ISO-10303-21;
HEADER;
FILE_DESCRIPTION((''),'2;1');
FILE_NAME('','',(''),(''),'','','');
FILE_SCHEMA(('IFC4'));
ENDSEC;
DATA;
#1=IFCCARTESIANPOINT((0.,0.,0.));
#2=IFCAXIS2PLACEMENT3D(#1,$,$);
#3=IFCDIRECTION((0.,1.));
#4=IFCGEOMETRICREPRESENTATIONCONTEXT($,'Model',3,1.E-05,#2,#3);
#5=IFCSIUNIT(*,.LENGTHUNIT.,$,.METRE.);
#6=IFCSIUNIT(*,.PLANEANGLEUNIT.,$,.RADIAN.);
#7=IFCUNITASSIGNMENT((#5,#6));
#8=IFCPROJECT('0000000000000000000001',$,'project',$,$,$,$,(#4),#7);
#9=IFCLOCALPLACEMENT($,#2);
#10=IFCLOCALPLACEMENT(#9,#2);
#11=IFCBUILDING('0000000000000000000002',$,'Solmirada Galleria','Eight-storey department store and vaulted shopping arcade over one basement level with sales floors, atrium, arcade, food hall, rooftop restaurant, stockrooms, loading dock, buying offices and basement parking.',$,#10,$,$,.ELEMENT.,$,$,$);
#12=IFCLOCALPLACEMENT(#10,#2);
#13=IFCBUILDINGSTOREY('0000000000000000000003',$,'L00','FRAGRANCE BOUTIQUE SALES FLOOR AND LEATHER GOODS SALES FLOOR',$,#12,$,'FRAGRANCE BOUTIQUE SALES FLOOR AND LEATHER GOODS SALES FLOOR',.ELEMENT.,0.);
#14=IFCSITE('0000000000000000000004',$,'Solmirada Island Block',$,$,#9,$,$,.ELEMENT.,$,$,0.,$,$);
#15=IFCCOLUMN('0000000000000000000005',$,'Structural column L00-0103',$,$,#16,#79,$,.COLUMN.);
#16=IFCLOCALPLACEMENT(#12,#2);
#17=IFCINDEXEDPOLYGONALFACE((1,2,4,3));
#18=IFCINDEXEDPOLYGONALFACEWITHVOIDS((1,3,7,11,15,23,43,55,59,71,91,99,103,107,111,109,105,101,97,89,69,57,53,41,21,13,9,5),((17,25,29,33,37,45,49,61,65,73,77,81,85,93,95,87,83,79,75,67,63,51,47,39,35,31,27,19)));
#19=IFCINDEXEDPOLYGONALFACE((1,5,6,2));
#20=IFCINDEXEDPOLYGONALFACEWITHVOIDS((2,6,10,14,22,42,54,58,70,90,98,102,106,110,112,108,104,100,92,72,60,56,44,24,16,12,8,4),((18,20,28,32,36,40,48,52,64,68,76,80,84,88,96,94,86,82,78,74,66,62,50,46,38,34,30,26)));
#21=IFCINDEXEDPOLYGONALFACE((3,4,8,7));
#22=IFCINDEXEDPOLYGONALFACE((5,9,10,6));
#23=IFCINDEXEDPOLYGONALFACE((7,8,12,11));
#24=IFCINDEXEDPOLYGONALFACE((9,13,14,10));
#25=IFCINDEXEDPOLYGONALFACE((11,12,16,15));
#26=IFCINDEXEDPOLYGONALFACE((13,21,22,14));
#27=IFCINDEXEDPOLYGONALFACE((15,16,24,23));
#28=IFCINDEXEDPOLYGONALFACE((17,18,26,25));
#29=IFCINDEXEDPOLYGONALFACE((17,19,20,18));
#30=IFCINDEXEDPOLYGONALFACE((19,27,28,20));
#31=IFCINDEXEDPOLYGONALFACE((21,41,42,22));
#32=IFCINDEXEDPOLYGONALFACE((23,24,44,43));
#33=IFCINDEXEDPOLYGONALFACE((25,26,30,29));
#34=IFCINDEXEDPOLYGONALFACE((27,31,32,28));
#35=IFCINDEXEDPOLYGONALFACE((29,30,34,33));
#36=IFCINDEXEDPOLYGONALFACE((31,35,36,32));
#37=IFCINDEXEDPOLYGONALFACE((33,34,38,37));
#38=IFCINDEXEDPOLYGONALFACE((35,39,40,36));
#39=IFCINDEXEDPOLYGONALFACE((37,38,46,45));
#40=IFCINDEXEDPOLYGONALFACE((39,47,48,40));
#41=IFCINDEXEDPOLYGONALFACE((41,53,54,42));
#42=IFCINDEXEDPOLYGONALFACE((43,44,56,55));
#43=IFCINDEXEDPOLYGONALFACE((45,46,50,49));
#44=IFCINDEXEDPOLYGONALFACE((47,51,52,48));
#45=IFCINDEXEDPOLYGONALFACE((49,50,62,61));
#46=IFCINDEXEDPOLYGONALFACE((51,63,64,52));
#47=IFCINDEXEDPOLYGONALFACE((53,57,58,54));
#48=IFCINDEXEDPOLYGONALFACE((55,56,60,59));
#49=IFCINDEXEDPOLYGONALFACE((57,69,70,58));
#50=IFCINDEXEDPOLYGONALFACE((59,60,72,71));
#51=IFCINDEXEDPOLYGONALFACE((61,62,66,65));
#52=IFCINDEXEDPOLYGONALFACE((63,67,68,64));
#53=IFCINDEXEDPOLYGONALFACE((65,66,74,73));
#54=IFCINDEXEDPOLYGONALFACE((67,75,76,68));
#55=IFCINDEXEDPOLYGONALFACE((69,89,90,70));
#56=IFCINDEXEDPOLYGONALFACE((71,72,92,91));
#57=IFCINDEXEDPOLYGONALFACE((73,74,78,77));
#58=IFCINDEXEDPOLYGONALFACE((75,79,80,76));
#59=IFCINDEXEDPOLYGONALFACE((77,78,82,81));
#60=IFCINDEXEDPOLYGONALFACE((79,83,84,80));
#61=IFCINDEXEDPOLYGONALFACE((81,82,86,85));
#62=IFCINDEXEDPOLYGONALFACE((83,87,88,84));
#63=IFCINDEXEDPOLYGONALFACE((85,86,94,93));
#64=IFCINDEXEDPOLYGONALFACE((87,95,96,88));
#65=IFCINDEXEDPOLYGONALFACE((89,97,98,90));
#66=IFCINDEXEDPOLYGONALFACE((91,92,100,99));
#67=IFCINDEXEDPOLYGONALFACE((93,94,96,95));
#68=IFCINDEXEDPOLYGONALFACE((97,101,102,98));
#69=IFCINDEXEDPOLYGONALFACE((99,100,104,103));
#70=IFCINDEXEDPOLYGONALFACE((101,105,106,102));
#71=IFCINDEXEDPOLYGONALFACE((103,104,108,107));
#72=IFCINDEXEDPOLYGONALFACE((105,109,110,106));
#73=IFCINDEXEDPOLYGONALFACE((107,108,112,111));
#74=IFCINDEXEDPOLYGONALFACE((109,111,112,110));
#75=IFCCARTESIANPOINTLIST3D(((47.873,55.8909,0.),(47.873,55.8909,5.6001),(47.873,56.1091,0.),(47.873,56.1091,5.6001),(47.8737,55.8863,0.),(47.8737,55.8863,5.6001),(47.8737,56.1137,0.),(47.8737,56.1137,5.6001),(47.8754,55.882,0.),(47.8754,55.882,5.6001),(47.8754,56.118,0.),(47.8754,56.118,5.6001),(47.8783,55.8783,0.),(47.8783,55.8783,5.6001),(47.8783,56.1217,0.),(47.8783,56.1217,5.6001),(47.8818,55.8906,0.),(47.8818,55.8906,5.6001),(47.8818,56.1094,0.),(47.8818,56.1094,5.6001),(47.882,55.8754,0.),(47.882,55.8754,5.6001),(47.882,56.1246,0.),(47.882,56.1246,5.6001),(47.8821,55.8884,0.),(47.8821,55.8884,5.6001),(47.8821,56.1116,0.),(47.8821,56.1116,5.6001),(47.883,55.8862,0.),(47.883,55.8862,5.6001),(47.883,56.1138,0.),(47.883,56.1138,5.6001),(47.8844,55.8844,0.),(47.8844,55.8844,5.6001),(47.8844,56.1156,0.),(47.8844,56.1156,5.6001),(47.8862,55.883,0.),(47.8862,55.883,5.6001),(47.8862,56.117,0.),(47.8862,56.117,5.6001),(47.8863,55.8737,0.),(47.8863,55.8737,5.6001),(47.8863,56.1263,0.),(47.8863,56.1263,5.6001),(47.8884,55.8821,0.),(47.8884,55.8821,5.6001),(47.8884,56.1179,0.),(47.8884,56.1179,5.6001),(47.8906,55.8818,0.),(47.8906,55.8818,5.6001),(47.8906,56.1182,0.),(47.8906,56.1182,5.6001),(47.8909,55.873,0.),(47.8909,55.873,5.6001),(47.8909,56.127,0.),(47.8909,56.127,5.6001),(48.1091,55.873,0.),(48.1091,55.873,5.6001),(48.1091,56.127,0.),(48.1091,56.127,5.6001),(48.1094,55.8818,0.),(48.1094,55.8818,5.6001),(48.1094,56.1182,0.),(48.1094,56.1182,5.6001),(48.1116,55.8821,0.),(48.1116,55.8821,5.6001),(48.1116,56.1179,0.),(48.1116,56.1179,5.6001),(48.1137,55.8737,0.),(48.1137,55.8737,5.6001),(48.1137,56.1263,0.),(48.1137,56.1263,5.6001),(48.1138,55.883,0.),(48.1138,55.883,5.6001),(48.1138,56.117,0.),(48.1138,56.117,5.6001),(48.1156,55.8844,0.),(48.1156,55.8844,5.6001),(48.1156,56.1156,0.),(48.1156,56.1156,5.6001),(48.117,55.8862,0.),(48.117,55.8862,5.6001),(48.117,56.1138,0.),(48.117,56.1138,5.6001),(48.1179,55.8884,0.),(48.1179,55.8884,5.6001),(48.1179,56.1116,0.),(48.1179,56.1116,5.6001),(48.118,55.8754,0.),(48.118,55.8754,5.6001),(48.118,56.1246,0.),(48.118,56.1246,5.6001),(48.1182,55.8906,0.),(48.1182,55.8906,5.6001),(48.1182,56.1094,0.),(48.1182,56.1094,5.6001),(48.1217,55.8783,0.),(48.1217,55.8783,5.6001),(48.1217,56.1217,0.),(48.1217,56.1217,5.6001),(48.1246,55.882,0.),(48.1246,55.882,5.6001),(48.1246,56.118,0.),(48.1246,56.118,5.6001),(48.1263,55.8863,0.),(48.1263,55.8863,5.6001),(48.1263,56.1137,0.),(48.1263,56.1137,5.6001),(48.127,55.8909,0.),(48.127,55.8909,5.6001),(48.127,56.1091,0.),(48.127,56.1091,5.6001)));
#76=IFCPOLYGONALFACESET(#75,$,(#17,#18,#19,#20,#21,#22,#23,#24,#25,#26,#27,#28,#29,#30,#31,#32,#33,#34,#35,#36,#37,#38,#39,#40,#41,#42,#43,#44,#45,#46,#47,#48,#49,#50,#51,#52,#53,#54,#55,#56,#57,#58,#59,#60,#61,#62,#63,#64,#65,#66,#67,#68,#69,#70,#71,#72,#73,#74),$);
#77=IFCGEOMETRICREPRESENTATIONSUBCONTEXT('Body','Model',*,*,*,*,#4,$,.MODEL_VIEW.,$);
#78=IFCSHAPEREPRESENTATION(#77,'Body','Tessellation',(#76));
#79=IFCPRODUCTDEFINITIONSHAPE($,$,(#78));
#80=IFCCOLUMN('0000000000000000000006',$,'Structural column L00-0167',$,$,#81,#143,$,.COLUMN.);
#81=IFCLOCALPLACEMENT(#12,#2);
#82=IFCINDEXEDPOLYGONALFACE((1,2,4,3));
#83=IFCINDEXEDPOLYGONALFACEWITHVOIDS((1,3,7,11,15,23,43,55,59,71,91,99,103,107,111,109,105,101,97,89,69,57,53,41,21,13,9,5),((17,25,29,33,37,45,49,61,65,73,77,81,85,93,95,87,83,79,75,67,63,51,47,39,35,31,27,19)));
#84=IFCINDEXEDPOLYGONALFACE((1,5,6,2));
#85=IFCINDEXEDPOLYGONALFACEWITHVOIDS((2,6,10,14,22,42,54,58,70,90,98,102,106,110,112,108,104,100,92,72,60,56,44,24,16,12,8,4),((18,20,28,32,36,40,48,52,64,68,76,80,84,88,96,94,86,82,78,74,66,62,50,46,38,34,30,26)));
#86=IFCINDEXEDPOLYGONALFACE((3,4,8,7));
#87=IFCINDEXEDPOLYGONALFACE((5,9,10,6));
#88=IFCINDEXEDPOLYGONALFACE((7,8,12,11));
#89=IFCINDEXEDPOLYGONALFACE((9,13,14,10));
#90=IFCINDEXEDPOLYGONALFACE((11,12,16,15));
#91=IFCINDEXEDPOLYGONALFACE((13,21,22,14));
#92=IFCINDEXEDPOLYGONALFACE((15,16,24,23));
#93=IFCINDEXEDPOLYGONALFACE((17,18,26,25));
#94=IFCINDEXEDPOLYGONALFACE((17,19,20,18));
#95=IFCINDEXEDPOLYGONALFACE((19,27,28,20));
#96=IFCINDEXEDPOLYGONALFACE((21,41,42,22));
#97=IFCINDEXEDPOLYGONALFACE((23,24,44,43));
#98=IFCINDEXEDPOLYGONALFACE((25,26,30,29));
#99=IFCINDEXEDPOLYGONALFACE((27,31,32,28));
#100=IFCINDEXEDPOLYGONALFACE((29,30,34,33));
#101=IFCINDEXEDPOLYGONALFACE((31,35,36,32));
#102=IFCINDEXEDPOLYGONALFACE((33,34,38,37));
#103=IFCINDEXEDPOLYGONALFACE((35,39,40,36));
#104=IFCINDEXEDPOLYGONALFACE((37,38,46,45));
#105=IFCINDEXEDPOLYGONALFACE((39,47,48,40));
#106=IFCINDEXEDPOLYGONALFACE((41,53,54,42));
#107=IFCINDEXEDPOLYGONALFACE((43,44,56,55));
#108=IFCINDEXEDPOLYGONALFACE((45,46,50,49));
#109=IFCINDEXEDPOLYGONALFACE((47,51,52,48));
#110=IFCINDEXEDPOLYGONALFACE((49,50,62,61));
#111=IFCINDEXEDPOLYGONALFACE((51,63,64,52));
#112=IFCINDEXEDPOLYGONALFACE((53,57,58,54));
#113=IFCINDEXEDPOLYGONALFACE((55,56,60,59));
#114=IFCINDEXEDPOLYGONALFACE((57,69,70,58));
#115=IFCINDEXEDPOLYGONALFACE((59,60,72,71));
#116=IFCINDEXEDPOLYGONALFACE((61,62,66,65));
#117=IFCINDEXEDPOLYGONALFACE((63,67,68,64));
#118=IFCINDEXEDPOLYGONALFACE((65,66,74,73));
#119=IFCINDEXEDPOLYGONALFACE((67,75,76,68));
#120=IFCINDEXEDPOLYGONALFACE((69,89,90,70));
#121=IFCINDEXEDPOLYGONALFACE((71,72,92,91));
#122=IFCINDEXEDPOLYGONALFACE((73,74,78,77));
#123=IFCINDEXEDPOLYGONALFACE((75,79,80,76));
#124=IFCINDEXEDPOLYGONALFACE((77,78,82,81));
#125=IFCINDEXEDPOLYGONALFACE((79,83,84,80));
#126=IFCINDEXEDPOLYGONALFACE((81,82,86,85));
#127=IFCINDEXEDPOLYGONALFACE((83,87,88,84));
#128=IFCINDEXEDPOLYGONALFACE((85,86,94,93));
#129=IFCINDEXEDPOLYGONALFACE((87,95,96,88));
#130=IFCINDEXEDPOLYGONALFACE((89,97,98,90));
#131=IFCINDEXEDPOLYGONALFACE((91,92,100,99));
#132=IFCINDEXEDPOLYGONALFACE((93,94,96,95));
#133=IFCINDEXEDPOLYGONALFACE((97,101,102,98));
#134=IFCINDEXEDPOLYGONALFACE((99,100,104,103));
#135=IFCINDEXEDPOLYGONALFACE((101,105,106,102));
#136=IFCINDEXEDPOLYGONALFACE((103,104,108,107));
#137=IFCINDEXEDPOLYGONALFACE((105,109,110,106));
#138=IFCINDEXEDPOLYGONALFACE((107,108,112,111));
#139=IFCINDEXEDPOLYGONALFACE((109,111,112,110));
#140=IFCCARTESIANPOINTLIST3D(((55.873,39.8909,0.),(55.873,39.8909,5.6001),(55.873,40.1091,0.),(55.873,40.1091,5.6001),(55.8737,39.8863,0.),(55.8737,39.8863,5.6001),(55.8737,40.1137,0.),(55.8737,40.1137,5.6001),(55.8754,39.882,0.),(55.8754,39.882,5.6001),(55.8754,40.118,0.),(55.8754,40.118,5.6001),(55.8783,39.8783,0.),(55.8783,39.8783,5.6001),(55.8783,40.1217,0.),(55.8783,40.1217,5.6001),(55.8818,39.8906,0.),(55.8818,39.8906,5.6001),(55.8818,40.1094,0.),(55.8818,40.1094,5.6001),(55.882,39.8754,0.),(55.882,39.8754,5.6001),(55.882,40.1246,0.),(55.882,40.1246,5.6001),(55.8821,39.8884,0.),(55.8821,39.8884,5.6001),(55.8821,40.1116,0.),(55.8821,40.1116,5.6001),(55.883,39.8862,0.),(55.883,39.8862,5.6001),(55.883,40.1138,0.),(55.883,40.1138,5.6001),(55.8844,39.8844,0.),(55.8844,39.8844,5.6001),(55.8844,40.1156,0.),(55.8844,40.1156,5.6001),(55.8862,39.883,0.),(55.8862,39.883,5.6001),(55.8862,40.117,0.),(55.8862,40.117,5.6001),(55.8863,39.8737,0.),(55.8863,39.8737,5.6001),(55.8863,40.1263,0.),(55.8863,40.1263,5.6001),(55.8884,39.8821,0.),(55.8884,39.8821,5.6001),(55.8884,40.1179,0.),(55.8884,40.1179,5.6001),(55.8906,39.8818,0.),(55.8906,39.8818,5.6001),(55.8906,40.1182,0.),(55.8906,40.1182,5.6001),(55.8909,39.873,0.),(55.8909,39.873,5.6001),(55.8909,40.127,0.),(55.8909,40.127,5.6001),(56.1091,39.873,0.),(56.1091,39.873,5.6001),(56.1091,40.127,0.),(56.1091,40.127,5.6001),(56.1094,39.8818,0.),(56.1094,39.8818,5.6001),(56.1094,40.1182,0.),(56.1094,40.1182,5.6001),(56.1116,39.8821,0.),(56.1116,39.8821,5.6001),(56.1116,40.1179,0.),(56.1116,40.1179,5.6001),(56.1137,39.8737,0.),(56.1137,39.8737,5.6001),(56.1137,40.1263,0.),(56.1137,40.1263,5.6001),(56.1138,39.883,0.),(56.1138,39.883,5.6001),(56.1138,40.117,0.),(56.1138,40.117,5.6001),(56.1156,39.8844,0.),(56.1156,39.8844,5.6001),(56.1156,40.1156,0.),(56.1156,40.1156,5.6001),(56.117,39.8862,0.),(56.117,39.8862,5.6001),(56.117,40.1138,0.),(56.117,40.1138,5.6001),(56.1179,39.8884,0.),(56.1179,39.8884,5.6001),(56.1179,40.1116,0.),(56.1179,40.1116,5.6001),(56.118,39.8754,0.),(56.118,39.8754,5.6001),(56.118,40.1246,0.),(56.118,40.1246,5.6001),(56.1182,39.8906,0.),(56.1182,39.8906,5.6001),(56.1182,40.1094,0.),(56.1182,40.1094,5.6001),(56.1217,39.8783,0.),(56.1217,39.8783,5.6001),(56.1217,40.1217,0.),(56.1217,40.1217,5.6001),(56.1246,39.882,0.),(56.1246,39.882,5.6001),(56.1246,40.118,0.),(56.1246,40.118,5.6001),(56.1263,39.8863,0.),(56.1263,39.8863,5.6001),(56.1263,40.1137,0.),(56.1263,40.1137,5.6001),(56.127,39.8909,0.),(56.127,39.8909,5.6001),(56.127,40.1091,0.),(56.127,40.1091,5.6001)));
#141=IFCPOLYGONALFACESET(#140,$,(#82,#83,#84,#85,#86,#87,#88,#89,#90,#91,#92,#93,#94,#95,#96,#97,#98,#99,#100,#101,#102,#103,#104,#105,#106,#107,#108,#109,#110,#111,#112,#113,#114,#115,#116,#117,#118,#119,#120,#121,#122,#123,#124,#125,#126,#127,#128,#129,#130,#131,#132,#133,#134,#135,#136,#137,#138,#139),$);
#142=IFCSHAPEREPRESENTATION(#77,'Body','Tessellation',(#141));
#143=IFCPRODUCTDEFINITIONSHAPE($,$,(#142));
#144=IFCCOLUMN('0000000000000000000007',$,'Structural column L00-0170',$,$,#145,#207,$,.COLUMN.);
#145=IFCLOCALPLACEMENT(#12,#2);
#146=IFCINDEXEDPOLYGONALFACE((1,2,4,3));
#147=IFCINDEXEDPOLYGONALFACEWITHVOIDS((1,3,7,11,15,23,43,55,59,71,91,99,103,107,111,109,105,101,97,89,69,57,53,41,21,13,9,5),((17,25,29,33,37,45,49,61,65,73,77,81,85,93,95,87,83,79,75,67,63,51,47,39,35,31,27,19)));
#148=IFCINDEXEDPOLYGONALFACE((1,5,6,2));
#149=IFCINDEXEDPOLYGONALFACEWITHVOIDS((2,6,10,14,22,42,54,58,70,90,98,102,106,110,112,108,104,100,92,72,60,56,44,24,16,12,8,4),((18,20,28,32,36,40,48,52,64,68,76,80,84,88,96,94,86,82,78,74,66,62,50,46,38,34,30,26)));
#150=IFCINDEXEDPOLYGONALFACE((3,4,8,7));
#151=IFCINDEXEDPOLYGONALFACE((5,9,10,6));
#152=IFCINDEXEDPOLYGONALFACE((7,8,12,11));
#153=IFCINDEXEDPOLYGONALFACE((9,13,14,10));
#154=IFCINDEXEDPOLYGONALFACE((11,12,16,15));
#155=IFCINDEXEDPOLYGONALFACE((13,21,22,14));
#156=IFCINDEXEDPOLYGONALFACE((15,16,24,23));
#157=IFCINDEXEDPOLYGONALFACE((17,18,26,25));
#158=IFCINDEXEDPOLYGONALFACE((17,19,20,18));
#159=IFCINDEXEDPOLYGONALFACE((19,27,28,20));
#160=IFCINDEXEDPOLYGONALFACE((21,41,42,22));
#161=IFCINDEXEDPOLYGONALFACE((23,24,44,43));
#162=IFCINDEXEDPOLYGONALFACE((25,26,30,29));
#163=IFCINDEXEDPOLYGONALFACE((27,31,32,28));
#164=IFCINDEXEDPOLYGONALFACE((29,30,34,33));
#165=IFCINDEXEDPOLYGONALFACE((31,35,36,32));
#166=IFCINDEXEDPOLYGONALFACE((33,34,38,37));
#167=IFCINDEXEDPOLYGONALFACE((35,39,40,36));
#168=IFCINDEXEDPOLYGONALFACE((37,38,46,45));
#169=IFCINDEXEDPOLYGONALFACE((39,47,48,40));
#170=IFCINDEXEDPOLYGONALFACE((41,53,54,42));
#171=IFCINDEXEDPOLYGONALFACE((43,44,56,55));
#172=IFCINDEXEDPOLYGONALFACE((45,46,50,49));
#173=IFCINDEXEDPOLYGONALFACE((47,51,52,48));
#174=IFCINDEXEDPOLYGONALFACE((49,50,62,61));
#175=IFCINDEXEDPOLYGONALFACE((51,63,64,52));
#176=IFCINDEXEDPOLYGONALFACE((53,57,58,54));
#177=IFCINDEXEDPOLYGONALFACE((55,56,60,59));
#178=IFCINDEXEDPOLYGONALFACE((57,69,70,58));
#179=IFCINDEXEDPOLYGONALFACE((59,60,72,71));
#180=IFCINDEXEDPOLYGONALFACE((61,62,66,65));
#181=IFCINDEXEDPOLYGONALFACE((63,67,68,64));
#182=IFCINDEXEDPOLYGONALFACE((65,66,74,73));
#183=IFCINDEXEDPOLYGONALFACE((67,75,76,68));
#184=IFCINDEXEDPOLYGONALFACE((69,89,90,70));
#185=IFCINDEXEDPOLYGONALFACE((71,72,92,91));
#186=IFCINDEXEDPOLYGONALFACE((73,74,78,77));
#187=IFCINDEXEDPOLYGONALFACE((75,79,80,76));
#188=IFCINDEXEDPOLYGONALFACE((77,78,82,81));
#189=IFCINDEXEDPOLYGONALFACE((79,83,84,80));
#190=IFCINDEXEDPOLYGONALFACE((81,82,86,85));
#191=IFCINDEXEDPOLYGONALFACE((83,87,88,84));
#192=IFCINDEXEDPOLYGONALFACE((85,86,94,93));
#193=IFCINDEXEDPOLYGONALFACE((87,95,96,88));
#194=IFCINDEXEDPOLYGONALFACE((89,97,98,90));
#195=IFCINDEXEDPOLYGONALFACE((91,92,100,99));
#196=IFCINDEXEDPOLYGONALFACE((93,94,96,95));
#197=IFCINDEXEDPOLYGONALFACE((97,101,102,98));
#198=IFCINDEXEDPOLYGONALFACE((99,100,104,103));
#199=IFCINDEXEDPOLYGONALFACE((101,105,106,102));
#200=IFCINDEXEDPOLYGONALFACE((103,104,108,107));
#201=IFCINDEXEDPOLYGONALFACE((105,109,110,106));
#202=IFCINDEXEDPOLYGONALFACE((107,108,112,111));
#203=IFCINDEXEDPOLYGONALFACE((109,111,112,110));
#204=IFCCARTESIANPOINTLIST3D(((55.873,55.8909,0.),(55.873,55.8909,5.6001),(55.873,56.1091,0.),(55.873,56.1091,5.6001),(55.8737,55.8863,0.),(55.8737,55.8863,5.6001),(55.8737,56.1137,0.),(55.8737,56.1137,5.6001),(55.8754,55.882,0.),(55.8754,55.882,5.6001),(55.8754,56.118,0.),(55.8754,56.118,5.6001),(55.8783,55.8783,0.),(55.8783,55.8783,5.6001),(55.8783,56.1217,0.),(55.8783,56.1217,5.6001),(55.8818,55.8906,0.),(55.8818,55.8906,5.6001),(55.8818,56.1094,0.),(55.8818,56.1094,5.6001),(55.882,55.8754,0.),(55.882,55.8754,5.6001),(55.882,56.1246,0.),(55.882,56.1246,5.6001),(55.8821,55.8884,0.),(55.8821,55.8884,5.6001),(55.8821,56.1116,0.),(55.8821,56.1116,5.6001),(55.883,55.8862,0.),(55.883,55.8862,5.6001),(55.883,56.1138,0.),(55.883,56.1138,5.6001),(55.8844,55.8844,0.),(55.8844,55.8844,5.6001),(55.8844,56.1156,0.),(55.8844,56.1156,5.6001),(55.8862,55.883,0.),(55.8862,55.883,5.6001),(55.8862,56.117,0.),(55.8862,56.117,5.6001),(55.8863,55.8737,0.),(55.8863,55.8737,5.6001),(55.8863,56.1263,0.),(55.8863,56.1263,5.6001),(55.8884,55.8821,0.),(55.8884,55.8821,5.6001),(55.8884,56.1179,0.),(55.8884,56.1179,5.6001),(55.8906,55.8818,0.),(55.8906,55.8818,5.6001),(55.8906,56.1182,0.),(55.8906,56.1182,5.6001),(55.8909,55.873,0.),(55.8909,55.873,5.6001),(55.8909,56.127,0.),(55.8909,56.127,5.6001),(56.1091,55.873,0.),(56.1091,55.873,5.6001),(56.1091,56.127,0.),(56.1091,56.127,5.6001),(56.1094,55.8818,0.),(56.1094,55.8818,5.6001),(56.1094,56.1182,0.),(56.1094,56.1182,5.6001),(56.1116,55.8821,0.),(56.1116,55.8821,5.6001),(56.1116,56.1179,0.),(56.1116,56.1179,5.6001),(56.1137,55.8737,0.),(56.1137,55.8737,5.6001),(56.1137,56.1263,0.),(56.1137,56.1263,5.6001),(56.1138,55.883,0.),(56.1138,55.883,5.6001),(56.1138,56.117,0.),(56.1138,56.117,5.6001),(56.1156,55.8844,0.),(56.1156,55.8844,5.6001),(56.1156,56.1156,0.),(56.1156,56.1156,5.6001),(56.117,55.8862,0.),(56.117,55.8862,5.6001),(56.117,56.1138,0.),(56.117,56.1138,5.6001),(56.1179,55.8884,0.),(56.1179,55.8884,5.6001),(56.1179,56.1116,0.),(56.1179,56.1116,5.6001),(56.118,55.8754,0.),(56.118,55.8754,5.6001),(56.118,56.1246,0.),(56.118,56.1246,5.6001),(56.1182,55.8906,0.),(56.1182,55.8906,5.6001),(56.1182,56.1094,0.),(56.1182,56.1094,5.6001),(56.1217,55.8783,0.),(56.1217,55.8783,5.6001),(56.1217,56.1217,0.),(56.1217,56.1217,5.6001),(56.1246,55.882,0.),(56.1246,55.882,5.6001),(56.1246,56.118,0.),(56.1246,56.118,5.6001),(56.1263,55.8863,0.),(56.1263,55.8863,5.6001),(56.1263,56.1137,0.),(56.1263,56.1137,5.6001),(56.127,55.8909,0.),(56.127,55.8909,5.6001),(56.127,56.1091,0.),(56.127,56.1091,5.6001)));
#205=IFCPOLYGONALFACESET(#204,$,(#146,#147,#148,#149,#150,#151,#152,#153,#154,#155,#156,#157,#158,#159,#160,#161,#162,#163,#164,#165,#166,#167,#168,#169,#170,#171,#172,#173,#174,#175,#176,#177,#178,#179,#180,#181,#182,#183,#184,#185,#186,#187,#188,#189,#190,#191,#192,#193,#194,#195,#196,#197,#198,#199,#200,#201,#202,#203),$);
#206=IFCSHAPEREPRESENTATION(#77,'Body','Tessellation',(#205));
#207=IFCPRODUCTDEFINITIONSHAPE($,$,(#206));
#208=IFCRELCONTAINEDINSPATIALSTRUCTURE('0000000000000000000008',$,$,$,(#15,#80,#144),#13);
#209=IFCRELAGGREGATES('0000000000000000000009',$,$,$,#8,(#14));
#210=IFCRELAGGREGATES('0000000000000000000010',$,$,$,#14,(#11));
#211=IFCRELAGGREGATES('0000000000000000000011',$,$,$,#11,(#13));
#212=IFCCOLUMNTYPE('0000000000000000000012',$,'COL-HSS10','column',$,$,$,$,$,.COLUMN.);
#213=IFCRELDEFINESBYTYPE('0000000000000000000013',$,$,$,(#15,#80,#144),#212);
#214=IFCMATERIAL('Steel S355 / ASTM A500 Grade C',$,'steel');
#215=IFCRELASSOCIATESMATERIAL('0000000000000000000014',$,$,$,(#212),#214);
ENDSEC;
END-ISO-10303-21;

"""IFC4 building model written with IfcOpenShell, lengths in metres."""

from ifc_helpers import new_model, si_unit, direction, frame, origin, origin_2d, place, context, subcontext, project, spatial, hollow_rectangle, extrude, material, material_profile, profile_set, type_object, element, save


model = new_model("IFC4")

# Units and contexts
model_context = context("Model", 3, precision=1e-05, world=origin(), true_north=direction((0.0, 1.0)))
body_context = subcontext(model_context, "Body", "Model", "MODEL_VIEW")
ifc_project = project(units=[si_unit("LENGTHUNIT", "METRE"), si_unit("PLANEANGLEUNIT", "RADIAN")], contexts=[model_context])

# Site, building, storey
site_placement = place(None, origin())
site = spatial("IfcSite", under=ifc_project, at=site_placement, Name="Solmirada Island Block", CompositionType="ELEMENT", RefElevation=0.0)
building_placement = place(site_placement, origin())
building = spatial("IfcBuilding", under=site, at=building_placement, Name="Solmirada Galleria", Description="Eight-storey department store and vaulted shopping arcade over one basement level with sales floors, atrium, arcade, food hall, rooftop restaurant, stockrooms, loading dock, buying offices and basement parking.", CompositionType="ELEMENT")
storey_placement = place(building_placement, origin())
storey = spatial("IfcBuildingStorey", under=building, at=storey_placement, Name="L00", Description="FRAGRANCE BOUTIQUE SALES FLOOR AND LEATHER GOODS SALES FLOOR", LongName="FRAGRANCE BOUTIQUE SALES FLOOR AND LEATHER GOODS SALES FLOOR", CompositionType="ELEMENT", Elevation=0.0)

# Columns
ifc_material_1 = material(Name="Steel S355 / ASTM A500 Grade C", Category="steel")
ifc_material_profile_1 = material_profile(ifc_material_1, hollow_rectangle(XDim=0.2539, YDim=0.2539, WallThickness=0.0088, InnerFilletRadius=0.0088, OuterFilletRadius=0.0178, at=origin_2d()), Name="HSS10X10X3/8")
ifc_profile_set_1 = profile_set([ifc_material_profile_1], Name="Steel S355 / ASTM A500 Grade C")
column_type = type_object("IfcColumnType", Name="COL-HSS10", Description="column", PredefinedType="COLUMN", material=ifc_profile_set_1)
for number, where, z_axis, x_axis, name in (
    (1, (48.0, 56.0, 0.0), (0.0, 0.0, 1.0), (1.0, 0.0, 0.0), "Structural column L00-0103"),
    (2, (56.0, 40.0, 0.0), (0.0, 0.0, 1.0), (1.0, 0.0, 0.0), "Structural column L00-0167"),
    (3, (56.0, 56.0, 0.0), (0.0, 0.0, 1.0), (1.0, 0.0, 0.0), "Structural column L00-0170"),
):
    element("IfcColumn", number, at=place(storey_placement, frame(where, z_axis=z_axis, x_axis=x_axis)), inside=storey, type_object=column_type, Name=name, PredefinedType="COLUMN", context=body_context, shape_type="SweptSolid", body=[
        extrude(hollow_rectangle(XDim=0.2539, YDim=0.2539, WallThickness=0.0088, InnerFilletRadius=0.0088, OuterFilletRadius=0.0178, at=origin_2d()), origin(), (0.0, 0.0, 1.0), 5.6001),
    ])

save(model, "model.ifc")
